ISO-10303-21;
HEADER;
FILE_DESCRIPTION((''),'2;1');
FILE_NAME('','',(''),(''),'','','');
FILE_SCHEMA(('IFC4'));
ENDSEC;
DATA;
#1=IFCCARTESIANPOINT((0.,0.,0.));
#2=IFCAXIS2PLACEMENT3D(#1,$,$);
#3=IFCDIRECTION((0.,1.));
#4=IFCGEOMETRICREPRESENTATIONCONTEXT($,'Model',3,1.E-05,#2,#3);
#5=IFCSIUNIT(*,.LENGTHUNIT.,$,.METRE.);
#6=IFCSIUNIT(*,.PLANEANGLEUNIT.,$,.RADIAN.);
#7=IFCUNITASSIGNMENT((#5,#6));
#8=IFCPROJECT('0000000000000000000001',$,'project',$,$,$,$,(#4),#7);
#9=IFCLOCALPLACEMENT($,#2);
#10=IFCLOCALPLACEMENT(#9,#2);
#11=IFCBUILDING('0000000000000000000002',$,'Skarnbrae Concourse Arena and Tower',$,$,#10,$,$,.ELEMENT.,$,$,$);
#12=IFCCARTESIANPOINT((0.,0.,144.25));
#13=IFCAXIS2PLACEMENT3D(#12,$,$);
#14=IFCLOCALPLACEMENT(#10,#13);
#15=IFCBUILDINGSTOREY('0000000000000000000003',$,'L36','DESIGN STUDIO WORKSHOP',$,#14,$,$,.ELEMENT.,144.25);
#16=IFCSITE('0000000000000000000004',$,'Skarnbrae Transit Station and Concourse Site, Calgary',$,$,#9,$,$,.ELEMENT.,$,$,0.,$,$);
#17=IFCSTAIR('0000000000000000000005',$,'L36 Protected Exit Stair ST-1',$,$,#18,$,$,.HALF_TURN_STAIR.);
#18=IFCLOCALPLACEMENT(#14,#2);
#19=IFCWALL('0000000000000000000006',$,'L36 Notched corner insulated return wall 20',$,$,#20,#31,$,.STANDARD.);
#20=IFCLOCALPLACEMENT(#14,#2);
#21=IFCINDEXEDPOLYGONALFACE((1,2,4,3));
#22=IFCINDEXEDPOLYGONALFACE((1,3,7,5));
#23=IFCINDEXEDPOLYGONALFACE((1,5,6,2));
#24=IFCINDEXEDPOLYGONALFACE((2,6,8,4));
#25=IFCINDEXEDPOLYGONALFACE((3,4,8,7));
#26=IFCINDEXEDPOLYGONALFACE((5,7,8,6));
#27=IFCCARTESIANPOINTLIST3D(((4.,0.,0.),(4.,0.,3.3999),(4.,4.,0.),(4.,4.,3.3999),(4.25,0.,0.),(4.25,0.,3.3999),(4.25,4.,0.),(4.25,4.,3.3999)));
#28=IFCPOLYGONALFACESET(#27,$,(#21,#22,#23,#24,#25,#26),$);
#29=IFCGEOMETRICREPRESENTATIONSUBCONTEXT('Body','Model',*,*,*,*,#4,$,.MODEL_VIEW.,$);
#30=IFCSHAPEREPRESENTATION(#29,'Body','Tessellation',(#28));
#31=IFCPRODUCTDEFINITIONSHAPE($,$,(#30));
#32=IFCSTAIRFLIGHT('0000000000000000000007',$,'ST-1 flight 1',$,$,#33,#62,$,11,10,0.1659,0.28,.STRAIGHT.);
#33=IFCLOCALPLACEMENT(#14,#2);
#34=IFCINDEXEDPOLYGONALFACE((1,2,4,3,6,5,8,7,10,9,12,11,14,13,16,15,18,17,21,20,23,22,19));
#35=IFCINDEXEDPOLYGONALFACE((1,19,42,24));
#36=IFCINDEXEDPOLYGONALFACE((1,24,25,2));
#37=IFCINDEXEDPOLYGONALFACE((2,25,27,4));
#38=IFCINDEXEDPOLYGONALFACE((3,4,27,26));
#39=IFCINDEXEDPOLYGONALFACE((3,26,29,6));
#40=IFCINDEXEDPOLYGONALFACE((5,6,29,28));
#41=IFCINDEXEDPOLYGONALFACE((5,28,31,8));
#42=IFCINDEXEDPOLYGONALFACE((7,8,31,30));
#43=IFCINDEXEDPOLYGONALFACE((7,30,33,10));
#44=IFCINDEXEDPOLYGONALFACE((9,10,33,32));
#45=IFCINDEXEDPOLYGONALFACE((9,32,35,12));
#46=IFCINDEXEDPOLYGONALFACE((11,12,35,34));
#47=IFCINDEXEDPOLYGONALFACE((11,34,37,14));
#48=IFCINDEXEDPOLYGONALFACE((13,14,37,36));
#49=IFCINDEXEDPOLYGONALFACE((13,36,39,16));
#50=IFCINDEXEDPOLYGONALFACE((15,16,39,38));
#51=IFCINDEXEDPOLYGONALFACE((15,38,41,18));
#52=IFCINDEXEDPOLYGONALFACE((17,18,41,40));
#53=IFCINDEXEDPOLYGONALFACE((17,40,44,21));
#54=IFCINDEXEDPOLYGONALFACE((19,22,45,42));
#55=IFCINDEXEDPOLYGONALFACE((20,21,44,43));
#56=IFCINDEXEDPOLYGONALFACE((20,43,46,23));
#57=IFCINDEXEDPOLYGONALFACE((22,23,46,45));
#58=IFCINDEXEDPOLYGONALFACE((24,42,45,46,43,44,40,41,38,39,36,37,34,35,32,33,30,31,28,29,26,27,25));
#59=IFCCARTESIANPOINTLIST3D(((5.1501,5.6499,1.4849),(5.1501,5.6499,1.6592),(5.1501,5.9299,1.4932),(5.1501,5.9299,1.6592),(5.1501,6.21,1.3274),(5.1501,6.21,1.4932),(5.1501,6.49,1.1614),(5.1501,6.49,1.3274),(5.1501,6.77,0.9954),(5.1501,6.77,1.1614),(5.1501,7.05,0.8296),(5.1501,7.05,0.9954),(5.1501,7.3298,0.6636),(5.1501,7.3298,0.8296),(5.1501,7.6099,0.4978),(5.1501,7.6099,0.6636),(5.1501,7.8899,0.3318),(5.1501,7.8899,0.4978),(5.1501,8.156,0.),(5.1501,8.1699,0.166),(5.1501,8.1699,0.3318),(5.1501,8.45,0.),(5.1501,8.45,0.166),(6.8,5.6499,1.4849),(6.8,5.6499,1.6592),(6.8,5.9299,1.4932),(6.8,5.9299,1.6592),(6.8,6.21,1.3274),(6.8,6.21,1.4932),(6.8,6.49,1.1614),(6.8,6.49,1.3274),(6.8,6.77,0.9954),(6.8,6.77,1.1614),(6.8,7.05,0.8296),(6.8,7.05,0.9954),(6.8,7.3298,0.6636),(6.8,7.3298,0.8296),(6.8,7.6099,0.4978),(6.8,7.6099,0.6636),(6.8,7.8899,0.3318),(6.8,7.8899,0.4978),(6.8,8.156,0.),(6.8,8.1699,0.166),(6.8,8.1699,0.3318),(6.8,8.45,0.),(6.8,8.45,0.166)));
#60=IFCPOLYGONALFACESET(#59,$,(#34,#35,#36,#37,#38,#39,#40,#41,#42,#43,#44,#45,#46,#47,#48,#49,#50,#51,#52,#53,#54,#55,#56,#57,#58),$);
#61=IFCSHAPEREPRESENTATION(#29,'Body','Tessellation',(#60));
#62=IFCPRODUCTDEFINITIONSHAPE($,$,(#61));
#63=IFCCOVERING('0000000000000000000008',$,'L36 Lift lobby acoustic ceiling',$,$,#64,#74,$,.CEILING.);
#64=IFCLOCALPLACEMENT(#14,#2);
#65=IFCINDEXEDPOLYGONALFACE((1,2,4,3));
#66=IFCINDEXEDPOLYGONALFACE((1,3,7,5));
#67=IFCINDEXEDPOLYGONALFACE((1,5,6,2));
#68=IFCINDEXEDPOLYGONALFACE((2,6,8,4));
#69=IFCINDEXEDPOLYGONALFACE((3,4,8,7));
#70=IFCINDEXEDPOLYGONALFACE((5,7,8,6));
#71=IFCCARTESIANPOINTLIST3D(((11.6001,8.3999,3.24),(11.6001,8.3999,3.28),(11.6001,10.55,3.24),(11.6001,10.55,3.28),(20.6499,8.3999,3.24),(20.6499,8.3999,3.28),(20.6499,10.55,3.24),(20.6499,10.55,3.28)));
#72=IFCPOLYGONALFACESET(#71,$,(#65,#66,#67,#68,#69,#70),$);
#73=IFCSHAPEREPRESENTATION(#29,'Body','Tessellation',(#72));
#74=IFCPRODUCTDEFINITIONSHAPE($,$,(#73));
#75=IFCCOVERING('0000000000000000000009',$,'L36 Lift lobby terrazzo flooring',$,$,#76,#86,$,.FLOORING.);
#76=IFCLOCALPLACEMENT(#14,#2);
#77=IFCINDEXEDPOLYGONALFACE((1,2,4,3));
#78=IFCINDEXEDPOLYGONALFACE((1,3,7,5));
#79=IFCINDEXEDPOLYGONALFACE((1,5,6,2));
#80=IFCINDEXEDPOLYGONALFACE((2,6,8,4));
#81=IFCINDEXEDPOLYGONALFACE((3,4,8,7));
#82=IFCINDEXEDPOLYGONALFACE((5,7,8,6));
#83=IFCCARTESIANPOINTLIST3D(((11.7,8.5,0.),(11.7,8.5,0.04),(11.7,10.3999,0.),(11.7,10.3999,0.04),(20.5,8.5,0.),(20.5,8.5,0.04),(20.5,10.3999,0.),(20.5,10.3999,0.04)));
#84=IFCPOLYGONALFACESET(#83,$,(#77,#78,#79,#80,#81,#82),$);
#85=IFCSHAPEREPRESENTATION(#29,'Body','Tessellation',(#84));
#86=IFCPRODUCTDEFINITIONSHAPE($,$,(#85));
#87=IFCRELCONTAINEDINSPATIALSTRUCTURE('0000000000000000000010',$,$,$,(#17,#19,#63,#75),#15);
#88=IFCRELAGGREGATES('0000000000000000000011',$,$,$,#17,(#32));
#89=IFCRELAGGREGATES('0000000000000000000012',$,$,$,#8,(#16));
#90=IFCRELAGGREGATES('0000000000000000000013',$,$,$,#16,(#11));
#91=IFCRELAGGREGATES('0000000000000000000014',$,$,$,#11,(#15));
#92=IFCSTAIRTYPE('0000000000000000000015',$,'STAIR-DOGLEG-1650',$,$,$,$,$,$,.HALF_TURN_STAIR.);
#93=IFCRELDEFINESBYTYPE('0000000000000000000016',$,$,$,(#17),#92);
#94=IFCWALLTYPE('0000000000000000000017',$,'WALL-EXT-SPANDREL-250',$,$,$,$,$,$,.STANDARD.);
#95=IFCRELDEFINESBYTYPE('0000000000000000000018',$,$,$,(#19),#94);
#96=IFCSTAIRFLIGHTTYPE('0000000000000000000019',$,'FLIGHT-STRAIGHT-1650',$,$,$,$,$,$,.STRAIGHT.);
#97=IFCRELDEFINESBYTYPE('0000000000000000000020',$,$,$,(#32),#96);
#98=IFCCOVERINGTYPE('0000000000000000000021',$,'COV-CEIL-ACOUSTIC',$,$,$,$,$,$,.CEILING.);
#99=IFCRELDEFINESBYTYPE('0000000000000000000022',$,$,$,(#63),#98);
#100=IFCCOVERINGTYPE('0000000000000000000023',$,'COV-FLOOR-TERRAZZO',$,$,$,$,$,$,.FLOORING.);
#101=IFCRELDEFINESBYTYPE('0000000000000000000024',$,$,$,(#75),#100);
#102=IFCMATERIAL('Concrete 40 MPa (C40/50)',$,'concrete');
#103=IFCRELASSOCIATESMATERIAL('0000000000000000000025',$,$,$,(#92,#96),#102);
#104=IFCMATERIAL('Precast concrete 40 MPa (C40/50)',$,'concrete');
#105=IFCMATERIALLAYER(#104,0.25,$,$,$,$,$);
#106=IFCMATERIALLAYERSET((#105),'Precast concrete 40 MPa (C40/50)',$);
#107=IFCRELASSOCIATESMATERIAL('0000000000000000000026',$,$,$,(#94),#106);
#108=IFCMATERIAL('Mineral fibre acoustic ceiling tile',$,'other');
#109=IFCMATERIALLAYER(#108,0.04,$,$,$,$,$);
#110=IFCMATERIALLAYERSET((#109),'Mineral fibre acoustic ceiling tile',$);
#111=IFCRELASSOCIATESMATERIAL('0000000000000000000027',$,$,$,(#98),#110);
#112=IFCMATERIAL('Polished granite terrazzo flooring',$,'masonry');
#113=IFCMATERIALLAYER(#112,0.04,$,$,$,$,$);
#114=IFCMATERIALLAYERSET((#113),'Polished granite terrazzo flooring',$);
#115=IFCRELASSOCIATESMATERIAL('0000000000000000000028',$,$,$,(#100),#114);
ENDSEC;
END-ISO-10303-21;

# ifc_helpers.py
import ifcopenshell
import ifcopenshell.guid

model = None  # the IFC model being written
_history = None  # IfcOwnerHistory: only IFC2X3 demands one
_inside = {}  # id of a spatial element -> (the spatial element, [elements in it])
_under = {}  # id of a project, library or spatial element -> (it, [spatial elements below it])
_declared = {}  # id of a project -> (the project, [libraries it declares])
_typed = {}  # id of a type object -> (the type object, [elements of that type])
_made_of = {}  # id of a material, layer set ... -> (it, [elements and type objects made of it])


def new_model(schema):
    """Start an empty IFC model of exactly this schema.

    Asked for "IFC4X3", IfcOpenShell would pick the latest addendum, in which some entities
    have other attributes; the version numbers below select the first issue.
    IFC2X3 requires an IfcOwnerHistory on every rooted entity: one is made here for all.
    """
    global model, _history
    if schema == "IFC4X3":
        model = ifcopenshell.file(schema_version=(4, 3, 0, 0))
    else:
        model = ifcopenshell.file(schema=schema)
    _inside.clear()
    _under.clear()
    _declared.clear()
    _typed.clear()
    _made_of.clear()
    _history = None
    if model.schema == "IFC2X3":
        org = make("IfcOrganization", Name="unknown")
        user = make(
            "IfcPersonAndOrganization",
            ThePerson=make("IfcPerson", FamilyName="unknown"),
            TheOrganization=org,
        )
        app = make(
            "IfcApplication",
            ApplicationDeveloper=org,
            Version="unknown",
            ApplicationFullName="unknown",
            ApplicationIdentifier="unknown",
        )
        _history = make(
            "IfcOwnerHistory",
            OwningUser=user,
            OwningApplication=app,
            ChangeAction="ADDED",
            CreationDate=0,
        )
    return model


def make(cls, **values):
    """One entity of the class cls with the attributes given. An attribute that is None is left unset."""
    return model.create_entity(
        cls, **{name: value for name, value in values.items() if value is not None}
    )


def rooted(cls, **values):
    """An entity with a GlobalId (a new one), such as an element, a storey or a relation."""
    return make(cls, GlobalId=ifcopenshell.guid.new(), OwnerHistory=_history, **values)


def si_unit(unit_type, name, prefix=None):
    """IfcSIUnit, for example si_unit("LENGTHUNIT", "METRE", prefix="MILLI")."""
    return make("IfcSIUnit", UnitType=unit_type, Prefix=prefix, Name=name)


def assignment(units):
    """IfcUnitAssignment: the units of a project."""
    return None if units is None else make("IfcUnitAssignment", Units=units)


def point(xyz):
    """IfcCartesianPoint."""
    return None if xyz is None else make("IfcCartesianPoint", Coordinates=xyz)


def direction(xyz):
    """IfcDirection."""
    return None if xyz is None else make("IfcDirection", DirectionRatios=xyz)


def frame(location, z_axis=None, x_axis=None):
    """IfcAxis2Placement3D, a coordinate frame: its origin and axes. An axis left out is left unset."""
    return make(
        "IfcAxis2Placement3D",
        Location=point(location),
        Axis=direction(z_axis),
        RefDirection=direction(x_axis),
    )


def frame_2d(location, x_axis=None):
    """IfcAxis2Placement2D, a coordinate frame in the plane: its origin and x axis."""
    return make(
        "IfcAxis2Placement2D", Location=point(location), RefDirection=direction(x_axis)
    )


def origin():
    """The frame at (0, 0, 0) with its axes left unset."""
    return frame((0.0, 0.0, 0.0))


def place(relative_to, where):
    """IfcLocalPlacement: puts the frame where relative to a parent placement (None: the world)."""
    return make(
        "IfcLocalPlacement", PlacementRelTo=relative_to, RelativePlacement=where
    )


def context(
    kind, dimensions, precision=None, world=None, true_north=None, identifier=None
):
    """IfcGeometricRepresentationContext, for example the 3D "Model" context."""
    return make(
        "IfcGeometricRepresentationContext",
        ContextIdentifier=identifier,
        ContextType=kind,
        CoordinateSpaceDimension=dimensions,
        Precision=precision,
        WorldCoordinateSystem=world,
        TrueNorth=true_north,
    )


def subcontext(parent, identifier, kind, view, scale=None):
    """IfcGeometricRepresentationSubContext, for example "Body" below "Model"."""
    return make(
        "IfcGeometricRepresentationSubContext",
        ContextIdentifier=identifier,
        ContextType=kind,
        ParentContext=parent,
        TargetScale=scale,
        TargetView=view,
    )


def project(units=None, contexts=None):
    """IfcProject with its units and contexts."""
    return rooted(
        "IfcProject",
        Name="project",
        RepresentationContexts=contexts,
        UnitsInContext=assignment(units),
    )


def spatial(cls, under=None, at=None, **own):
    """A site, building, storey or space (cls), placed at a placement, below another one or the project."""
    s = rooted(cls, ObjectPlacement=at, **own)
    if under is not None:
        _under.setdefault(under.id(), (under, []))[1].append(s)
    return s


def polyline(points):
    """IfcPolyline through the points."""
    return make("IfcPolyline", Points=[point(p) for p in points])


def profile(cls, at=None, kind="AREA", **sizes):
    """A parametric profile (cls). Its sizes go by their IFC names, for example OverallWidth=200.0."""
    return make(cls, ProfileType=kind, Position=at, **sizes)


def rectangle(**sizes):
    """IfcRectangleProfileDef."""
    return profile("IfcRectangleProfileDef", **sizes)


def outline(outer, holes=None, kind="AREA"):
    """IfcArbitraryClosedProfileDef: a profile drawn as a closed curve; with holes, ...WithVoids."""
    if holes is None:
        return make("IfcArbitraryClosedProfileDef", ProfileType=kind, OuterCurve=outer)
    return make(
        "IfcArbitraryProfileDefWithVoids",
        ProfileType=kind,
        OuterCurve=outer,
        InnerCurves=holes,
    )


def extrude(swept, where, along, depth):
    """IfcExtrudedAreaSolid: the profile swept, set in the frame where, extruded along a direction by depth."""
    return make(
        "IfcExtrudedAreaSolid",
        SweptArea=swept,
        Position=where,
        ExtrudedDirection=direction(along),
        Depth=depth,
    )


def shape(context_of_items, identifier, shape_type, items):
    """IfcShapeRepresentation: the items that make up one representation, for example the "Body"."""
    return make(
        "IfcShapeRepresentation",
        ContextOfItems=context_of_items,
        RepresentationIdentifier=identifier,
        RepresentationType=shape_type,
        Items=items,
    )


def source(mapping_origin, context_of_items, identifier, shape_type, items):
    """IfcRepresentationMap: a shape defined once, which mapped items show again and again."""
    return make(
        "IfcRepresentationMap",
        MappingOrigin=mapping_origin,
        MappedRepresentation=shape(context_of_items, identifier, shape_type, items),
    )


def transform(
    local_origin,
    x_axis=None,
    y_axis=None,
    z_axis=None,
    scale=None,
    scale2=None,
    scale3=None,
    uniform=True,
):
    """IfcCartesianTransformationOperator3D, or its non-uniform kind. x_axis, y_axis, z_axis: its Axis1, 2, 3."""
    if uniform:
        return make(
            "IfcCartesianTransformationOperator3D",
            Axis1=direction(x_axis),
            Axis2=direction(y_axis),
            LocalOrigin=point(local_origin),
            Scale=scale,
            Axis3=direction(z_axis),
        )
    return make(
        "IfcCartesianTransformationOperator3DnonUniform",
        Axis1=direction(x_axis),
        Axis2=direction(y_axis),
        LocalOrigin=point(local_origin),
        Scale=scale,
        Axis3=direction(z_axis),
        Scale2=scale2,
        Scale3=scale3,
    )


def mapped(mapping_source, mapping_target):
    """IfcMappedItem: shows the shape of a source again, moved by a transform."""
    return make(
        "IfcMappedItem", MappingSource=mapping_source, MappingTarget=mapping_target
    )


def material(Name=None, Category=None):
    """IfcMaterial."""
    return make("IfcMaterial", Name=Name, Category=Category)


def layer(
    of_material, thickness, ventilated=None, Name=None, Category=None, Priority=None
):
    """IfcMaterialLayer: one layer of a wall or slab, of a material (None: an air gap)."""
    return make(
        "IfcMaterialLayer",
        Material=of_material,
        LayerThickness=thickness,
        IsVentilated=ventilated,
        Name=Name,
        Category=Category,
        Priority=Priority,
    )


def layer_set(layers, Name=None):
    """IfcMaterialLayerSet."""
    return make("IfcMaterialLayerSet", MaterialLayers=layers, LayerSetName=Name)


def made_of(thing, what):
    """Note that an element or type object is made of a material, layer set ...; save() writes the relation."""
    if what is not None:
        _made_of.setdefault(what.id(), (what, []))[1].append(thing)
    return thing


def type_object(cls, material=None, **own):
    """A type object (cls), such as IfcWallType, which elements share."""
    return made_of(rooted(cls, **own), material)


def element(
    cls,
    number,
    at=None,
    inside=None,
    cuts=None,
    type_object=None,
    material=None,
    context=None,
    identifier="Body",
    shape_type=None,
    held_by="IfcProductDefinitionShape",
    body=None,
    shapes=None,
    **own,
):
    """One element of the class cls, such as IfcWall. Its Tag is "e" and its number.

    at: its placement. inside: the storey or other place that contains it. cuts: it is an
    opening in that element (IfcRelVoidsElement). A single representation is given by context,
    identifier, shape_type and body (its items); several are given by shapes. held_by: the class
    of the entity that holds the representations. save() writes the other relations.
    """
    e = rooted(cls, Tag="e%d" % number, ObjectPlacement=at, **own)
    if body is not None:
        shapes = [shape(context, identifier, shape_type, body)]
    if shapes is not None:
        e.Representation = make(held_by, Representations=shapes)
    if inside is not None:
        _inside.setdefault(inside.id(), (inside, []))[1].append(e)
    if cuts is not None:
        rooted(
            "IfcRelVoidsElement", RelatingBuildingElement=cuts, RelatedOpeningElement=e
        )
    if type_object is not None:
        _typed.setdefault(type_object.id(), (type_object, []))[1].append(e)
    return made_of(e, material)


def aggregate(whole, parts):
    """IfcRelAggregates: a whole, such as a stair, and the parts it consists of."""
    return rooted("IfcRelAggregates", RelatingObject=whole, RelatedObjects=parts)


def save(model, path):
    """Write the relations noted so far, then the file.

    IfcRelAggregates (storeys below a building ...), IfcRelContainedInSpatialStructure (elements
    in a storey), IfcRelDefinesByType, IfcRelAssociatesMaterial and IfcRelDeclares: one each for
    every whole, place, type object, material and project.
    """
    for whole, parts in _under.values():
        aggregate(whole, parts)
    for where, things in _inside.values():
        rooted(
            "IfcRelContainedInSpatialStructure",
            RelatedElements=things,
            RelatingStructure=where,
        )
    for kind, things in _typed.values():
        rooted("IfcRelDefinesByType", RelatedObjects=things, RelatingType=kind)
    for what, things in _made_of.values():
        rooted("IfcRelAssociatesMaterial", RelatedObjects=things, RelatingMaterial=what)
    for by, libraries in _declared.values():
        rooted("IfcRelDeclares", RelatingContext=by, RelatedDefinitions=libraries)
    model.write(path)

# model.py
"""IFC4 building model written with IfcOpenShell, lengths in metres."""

from ifc_helpers import new_model, si_unit, direction, frame, frame_2d, origin, place, context, subcontext, project, spatial, polyline, rectangle, outline, extrude, source, transform, mapped, material, layer, layer_set, type_object, element, aggregate, save


model = new_model("IFC4")

# Units and contexts
model_context = context("Model", 3, precision=1e-05, world=origin(), true_north=direction((0.0, 1.0)))
body_context = subcontext(model_context, "Body", "Model", "MODEL_VIEW")
ifc_project = project(units=[si_unit("LENGTHUNIT", "METRE"), si_unit("PLANEANGLEUNIT", "RADIAN")], contexts=[model_context])

# Site, building, storey
site_placement = place(None, origin())
site = spatial("IfcSite", under=ifc_project, at=site_placement, Name="Skarnbrae Transit Station and Concourse Site, Calgary", CompositionType="ELEMENT", RefElevation=0.0)
building_placement = place(site_placement, origin())
building = spatial("IfcBuilding", under=site, at=building_placement, Name="Skarnbrae Concourse Arena and Tower", CompositionType="ELEMENT")
storey_placement = place(building_placement, frame((0.0, 0.0, 144.25)))
storey = spatial("IfcBuildingStorey", under=building, at=storey_placement, Name="L36", Description="DESIGN STUDIO WORKSHOP", CompositionType="ELEMENT", Elevation=144.25)

# Stair
ifc_material_1 = material(Name="Concrete 40 MPa (C40/50)", Category="concrete")
stair_type = type_object("IfcStairType", Name="STAIR-DOGLEG-1650", PredefinedType="HALF_TURN_STAIR", material=ifc_material_1)
stair_1_placement = place(storey_placement, origin())
stair_1 = element("IfcStair", 1, at=stair_1_placement, inside=storey, type_object=stair_type, Name="L36 Protected Exit Stair ST-1", PredefinedType="HALF_TURN_STAIR")

# Wall
ifc_material_2 = material(Name="Precast concrete 40 MPa (C40/50)", Category="concrete")
ifc_layer_1 = layer(ifc_material_2, 0.25)
ifc_layer_set_1 = layer_set([ifc_layer_1], Name="Precast concrete 40 MPa (C40/50)")
wall_type_1 = type_object("IfcWallType", Name="WALL-EXT-SPANDREL-250", PredefinedType="STANDARD", material=ifc_layer_set_1)
shared_shape_1 = source(origin(), body_context, "Body", "SweptSolid", [
    extrude(rectangle(XDim=4.0, YDim=0.25, at=frame_2d((2.0, 0.0))), origin(), (0.0, 0.0, 1.0), 3.3999),
])
for number, where, z_axis, x_axis, name in (
    (2, (4.125, 4.0, 0.0), (0.0, 0.0, 1.0), (0.0, -1.0, 0.0), "L36 Notched corner insulated return wall 20"),
):
    element("IfcWall", number, at=place(storey_placement, frame(where, z_axis=z_axis, x_axis=x_axis)), inside=storey, type_object=wall_type_1, Name=name, PredefinedType="STANDARD", context=body_context, shape_type="MappedRepresentation", body=[
        mapped(shared_shape_1, transform((0.0, 0.0, 0.0))),
    ])

# Stair flight
stair_flight_type = type_object("IfcStairFlightType", Name="FLIGHT-STRAIGHT-1650", PredefinedType="STRAIGHT", material=ifc_material_1)
shared_shape_2 = source(origin(), body_context, "Body", "SweptSolid", [
    extrude(outline(polyline([(0.0, 0.0), (0.0, 0.166), (0.28, 0.166), (0.28, 0.3318), (0.5601, 0.3318), (0.5601, 0.4978), (0.8401, 0.4978), (0.8401, 0.6636), (1.1201, 0.6636), (1.1201, 0.8296), (1.3999, 0.8296), (1.3999, 0.9954), (1.6799, 0.9954), (1.6799, 1.1614), (1.96, 1.1614), (1.96, 1.3274), (2.24, 1.3274), (2.24, 1.4932), (2.52, 1.4932), (2.52, 1.6592), (2.8, 1.6592), (2.8, 1.825), (2.8, 1.4849), (0.2939, 0.0), (0.0, 0.0)])), frame((0.0, 0.825, 0.0), z_axis=(0.0, -1.0, 0.0), x_axis=(1.0, 0.0, 0.0)), (0.0, 0.0, 1.0), 1.6499),
])
stair_flight_placement = place(storey_placement, frame((5.9751, 8.45, 0.0), z_axis=(0.0, 0.0, 1.0), x_axis=(0.0, -1.0, 0.0)))
stair_flight = element("IfcStairFlight", 3, at=stair_flight_placement, type_object=stair_flight_type, Name="ST-1 flight 1", NumberOfRisers=11, NumberOfTreads=10, PredefinedType="STRAIGHT", RiserHeight=0.1659, TreadLength=0.28, context=body_context, shape_type="MappedRepresentation", body=[
    mapped(shared_shape_2, transform((0.0, 0.0, 0.0))),
])
aggregate(stair_1, [stair_flight])

# Coverings
ifc_material_3 = material(Name="Mineral fibre acoustic ceiling tile", Category="other")
ifc_layer_2 = layer(ifc_material_3, 0.04)
ifc_layer_set_2 = layer_set([ifc_layer_2], Name="Mineral fibre acoustic ceiling tile")
covering_type_1 = type_object("IfcCoveringType", Name="COV-CEIL-ACOUSTIC", PredefinedType="CEILING", material=ifc_layer_set_2)
covering_1_placement = place(storey_placement, frame((0.0, 0.0, 3.24)))
element("IfcCovering", 4, at=covering_1_placement, inside=storey, type_object=covering_type_1, Name="L36 Lift lobby acoustic ceiling", PredefinedType="CEILING", context=body_context, shape_type="SweptSolid", body=[
    extrude(outline(polyline([(11.6001, 8.3999), (20.6499, 8.3999), (20.6499, 10.55), (11.6001, 10.55), (11.6001, 8.3999)])), origin(), (0.0, 0.0, 1.0), 0.04),
])
ifc_material_4 = material(Name="Polished granite terrazzo flooring", Category="masonry")
ifc_layer_3 = layer(ifc_material_4, 0.04)
ifc_layer_set_3 = layer_set([ifc_layer_3], Name="Polished granite terrazzo flooring")
covering_type_2 = type_object("IfcCoveringType", Name="COV-FLOOR-TERRAZZO", PredefinedType="FLOORING", material=ifc_layer_set_3)
covering_2_placement = place(storey_placement, origin())
element("IfcCovering", 5, at=covering_2_placement, inside=storey, type_object=covering_type_2, Name="L36 Lift lobby terrazzo flooring", PredefinedType="FLOORING", context=body_context, shape_type="SweptSolid", body=[
    extrude(outline(polyline([(11.7, 8.5), (20.5, 8.5), (20.5, 10.3999), (11.7, 10.3999), (11.7, 8.5)])), origin(), (0.0, 0.0, 1.0), 0.04),
])

save(model, "model.ifc")
